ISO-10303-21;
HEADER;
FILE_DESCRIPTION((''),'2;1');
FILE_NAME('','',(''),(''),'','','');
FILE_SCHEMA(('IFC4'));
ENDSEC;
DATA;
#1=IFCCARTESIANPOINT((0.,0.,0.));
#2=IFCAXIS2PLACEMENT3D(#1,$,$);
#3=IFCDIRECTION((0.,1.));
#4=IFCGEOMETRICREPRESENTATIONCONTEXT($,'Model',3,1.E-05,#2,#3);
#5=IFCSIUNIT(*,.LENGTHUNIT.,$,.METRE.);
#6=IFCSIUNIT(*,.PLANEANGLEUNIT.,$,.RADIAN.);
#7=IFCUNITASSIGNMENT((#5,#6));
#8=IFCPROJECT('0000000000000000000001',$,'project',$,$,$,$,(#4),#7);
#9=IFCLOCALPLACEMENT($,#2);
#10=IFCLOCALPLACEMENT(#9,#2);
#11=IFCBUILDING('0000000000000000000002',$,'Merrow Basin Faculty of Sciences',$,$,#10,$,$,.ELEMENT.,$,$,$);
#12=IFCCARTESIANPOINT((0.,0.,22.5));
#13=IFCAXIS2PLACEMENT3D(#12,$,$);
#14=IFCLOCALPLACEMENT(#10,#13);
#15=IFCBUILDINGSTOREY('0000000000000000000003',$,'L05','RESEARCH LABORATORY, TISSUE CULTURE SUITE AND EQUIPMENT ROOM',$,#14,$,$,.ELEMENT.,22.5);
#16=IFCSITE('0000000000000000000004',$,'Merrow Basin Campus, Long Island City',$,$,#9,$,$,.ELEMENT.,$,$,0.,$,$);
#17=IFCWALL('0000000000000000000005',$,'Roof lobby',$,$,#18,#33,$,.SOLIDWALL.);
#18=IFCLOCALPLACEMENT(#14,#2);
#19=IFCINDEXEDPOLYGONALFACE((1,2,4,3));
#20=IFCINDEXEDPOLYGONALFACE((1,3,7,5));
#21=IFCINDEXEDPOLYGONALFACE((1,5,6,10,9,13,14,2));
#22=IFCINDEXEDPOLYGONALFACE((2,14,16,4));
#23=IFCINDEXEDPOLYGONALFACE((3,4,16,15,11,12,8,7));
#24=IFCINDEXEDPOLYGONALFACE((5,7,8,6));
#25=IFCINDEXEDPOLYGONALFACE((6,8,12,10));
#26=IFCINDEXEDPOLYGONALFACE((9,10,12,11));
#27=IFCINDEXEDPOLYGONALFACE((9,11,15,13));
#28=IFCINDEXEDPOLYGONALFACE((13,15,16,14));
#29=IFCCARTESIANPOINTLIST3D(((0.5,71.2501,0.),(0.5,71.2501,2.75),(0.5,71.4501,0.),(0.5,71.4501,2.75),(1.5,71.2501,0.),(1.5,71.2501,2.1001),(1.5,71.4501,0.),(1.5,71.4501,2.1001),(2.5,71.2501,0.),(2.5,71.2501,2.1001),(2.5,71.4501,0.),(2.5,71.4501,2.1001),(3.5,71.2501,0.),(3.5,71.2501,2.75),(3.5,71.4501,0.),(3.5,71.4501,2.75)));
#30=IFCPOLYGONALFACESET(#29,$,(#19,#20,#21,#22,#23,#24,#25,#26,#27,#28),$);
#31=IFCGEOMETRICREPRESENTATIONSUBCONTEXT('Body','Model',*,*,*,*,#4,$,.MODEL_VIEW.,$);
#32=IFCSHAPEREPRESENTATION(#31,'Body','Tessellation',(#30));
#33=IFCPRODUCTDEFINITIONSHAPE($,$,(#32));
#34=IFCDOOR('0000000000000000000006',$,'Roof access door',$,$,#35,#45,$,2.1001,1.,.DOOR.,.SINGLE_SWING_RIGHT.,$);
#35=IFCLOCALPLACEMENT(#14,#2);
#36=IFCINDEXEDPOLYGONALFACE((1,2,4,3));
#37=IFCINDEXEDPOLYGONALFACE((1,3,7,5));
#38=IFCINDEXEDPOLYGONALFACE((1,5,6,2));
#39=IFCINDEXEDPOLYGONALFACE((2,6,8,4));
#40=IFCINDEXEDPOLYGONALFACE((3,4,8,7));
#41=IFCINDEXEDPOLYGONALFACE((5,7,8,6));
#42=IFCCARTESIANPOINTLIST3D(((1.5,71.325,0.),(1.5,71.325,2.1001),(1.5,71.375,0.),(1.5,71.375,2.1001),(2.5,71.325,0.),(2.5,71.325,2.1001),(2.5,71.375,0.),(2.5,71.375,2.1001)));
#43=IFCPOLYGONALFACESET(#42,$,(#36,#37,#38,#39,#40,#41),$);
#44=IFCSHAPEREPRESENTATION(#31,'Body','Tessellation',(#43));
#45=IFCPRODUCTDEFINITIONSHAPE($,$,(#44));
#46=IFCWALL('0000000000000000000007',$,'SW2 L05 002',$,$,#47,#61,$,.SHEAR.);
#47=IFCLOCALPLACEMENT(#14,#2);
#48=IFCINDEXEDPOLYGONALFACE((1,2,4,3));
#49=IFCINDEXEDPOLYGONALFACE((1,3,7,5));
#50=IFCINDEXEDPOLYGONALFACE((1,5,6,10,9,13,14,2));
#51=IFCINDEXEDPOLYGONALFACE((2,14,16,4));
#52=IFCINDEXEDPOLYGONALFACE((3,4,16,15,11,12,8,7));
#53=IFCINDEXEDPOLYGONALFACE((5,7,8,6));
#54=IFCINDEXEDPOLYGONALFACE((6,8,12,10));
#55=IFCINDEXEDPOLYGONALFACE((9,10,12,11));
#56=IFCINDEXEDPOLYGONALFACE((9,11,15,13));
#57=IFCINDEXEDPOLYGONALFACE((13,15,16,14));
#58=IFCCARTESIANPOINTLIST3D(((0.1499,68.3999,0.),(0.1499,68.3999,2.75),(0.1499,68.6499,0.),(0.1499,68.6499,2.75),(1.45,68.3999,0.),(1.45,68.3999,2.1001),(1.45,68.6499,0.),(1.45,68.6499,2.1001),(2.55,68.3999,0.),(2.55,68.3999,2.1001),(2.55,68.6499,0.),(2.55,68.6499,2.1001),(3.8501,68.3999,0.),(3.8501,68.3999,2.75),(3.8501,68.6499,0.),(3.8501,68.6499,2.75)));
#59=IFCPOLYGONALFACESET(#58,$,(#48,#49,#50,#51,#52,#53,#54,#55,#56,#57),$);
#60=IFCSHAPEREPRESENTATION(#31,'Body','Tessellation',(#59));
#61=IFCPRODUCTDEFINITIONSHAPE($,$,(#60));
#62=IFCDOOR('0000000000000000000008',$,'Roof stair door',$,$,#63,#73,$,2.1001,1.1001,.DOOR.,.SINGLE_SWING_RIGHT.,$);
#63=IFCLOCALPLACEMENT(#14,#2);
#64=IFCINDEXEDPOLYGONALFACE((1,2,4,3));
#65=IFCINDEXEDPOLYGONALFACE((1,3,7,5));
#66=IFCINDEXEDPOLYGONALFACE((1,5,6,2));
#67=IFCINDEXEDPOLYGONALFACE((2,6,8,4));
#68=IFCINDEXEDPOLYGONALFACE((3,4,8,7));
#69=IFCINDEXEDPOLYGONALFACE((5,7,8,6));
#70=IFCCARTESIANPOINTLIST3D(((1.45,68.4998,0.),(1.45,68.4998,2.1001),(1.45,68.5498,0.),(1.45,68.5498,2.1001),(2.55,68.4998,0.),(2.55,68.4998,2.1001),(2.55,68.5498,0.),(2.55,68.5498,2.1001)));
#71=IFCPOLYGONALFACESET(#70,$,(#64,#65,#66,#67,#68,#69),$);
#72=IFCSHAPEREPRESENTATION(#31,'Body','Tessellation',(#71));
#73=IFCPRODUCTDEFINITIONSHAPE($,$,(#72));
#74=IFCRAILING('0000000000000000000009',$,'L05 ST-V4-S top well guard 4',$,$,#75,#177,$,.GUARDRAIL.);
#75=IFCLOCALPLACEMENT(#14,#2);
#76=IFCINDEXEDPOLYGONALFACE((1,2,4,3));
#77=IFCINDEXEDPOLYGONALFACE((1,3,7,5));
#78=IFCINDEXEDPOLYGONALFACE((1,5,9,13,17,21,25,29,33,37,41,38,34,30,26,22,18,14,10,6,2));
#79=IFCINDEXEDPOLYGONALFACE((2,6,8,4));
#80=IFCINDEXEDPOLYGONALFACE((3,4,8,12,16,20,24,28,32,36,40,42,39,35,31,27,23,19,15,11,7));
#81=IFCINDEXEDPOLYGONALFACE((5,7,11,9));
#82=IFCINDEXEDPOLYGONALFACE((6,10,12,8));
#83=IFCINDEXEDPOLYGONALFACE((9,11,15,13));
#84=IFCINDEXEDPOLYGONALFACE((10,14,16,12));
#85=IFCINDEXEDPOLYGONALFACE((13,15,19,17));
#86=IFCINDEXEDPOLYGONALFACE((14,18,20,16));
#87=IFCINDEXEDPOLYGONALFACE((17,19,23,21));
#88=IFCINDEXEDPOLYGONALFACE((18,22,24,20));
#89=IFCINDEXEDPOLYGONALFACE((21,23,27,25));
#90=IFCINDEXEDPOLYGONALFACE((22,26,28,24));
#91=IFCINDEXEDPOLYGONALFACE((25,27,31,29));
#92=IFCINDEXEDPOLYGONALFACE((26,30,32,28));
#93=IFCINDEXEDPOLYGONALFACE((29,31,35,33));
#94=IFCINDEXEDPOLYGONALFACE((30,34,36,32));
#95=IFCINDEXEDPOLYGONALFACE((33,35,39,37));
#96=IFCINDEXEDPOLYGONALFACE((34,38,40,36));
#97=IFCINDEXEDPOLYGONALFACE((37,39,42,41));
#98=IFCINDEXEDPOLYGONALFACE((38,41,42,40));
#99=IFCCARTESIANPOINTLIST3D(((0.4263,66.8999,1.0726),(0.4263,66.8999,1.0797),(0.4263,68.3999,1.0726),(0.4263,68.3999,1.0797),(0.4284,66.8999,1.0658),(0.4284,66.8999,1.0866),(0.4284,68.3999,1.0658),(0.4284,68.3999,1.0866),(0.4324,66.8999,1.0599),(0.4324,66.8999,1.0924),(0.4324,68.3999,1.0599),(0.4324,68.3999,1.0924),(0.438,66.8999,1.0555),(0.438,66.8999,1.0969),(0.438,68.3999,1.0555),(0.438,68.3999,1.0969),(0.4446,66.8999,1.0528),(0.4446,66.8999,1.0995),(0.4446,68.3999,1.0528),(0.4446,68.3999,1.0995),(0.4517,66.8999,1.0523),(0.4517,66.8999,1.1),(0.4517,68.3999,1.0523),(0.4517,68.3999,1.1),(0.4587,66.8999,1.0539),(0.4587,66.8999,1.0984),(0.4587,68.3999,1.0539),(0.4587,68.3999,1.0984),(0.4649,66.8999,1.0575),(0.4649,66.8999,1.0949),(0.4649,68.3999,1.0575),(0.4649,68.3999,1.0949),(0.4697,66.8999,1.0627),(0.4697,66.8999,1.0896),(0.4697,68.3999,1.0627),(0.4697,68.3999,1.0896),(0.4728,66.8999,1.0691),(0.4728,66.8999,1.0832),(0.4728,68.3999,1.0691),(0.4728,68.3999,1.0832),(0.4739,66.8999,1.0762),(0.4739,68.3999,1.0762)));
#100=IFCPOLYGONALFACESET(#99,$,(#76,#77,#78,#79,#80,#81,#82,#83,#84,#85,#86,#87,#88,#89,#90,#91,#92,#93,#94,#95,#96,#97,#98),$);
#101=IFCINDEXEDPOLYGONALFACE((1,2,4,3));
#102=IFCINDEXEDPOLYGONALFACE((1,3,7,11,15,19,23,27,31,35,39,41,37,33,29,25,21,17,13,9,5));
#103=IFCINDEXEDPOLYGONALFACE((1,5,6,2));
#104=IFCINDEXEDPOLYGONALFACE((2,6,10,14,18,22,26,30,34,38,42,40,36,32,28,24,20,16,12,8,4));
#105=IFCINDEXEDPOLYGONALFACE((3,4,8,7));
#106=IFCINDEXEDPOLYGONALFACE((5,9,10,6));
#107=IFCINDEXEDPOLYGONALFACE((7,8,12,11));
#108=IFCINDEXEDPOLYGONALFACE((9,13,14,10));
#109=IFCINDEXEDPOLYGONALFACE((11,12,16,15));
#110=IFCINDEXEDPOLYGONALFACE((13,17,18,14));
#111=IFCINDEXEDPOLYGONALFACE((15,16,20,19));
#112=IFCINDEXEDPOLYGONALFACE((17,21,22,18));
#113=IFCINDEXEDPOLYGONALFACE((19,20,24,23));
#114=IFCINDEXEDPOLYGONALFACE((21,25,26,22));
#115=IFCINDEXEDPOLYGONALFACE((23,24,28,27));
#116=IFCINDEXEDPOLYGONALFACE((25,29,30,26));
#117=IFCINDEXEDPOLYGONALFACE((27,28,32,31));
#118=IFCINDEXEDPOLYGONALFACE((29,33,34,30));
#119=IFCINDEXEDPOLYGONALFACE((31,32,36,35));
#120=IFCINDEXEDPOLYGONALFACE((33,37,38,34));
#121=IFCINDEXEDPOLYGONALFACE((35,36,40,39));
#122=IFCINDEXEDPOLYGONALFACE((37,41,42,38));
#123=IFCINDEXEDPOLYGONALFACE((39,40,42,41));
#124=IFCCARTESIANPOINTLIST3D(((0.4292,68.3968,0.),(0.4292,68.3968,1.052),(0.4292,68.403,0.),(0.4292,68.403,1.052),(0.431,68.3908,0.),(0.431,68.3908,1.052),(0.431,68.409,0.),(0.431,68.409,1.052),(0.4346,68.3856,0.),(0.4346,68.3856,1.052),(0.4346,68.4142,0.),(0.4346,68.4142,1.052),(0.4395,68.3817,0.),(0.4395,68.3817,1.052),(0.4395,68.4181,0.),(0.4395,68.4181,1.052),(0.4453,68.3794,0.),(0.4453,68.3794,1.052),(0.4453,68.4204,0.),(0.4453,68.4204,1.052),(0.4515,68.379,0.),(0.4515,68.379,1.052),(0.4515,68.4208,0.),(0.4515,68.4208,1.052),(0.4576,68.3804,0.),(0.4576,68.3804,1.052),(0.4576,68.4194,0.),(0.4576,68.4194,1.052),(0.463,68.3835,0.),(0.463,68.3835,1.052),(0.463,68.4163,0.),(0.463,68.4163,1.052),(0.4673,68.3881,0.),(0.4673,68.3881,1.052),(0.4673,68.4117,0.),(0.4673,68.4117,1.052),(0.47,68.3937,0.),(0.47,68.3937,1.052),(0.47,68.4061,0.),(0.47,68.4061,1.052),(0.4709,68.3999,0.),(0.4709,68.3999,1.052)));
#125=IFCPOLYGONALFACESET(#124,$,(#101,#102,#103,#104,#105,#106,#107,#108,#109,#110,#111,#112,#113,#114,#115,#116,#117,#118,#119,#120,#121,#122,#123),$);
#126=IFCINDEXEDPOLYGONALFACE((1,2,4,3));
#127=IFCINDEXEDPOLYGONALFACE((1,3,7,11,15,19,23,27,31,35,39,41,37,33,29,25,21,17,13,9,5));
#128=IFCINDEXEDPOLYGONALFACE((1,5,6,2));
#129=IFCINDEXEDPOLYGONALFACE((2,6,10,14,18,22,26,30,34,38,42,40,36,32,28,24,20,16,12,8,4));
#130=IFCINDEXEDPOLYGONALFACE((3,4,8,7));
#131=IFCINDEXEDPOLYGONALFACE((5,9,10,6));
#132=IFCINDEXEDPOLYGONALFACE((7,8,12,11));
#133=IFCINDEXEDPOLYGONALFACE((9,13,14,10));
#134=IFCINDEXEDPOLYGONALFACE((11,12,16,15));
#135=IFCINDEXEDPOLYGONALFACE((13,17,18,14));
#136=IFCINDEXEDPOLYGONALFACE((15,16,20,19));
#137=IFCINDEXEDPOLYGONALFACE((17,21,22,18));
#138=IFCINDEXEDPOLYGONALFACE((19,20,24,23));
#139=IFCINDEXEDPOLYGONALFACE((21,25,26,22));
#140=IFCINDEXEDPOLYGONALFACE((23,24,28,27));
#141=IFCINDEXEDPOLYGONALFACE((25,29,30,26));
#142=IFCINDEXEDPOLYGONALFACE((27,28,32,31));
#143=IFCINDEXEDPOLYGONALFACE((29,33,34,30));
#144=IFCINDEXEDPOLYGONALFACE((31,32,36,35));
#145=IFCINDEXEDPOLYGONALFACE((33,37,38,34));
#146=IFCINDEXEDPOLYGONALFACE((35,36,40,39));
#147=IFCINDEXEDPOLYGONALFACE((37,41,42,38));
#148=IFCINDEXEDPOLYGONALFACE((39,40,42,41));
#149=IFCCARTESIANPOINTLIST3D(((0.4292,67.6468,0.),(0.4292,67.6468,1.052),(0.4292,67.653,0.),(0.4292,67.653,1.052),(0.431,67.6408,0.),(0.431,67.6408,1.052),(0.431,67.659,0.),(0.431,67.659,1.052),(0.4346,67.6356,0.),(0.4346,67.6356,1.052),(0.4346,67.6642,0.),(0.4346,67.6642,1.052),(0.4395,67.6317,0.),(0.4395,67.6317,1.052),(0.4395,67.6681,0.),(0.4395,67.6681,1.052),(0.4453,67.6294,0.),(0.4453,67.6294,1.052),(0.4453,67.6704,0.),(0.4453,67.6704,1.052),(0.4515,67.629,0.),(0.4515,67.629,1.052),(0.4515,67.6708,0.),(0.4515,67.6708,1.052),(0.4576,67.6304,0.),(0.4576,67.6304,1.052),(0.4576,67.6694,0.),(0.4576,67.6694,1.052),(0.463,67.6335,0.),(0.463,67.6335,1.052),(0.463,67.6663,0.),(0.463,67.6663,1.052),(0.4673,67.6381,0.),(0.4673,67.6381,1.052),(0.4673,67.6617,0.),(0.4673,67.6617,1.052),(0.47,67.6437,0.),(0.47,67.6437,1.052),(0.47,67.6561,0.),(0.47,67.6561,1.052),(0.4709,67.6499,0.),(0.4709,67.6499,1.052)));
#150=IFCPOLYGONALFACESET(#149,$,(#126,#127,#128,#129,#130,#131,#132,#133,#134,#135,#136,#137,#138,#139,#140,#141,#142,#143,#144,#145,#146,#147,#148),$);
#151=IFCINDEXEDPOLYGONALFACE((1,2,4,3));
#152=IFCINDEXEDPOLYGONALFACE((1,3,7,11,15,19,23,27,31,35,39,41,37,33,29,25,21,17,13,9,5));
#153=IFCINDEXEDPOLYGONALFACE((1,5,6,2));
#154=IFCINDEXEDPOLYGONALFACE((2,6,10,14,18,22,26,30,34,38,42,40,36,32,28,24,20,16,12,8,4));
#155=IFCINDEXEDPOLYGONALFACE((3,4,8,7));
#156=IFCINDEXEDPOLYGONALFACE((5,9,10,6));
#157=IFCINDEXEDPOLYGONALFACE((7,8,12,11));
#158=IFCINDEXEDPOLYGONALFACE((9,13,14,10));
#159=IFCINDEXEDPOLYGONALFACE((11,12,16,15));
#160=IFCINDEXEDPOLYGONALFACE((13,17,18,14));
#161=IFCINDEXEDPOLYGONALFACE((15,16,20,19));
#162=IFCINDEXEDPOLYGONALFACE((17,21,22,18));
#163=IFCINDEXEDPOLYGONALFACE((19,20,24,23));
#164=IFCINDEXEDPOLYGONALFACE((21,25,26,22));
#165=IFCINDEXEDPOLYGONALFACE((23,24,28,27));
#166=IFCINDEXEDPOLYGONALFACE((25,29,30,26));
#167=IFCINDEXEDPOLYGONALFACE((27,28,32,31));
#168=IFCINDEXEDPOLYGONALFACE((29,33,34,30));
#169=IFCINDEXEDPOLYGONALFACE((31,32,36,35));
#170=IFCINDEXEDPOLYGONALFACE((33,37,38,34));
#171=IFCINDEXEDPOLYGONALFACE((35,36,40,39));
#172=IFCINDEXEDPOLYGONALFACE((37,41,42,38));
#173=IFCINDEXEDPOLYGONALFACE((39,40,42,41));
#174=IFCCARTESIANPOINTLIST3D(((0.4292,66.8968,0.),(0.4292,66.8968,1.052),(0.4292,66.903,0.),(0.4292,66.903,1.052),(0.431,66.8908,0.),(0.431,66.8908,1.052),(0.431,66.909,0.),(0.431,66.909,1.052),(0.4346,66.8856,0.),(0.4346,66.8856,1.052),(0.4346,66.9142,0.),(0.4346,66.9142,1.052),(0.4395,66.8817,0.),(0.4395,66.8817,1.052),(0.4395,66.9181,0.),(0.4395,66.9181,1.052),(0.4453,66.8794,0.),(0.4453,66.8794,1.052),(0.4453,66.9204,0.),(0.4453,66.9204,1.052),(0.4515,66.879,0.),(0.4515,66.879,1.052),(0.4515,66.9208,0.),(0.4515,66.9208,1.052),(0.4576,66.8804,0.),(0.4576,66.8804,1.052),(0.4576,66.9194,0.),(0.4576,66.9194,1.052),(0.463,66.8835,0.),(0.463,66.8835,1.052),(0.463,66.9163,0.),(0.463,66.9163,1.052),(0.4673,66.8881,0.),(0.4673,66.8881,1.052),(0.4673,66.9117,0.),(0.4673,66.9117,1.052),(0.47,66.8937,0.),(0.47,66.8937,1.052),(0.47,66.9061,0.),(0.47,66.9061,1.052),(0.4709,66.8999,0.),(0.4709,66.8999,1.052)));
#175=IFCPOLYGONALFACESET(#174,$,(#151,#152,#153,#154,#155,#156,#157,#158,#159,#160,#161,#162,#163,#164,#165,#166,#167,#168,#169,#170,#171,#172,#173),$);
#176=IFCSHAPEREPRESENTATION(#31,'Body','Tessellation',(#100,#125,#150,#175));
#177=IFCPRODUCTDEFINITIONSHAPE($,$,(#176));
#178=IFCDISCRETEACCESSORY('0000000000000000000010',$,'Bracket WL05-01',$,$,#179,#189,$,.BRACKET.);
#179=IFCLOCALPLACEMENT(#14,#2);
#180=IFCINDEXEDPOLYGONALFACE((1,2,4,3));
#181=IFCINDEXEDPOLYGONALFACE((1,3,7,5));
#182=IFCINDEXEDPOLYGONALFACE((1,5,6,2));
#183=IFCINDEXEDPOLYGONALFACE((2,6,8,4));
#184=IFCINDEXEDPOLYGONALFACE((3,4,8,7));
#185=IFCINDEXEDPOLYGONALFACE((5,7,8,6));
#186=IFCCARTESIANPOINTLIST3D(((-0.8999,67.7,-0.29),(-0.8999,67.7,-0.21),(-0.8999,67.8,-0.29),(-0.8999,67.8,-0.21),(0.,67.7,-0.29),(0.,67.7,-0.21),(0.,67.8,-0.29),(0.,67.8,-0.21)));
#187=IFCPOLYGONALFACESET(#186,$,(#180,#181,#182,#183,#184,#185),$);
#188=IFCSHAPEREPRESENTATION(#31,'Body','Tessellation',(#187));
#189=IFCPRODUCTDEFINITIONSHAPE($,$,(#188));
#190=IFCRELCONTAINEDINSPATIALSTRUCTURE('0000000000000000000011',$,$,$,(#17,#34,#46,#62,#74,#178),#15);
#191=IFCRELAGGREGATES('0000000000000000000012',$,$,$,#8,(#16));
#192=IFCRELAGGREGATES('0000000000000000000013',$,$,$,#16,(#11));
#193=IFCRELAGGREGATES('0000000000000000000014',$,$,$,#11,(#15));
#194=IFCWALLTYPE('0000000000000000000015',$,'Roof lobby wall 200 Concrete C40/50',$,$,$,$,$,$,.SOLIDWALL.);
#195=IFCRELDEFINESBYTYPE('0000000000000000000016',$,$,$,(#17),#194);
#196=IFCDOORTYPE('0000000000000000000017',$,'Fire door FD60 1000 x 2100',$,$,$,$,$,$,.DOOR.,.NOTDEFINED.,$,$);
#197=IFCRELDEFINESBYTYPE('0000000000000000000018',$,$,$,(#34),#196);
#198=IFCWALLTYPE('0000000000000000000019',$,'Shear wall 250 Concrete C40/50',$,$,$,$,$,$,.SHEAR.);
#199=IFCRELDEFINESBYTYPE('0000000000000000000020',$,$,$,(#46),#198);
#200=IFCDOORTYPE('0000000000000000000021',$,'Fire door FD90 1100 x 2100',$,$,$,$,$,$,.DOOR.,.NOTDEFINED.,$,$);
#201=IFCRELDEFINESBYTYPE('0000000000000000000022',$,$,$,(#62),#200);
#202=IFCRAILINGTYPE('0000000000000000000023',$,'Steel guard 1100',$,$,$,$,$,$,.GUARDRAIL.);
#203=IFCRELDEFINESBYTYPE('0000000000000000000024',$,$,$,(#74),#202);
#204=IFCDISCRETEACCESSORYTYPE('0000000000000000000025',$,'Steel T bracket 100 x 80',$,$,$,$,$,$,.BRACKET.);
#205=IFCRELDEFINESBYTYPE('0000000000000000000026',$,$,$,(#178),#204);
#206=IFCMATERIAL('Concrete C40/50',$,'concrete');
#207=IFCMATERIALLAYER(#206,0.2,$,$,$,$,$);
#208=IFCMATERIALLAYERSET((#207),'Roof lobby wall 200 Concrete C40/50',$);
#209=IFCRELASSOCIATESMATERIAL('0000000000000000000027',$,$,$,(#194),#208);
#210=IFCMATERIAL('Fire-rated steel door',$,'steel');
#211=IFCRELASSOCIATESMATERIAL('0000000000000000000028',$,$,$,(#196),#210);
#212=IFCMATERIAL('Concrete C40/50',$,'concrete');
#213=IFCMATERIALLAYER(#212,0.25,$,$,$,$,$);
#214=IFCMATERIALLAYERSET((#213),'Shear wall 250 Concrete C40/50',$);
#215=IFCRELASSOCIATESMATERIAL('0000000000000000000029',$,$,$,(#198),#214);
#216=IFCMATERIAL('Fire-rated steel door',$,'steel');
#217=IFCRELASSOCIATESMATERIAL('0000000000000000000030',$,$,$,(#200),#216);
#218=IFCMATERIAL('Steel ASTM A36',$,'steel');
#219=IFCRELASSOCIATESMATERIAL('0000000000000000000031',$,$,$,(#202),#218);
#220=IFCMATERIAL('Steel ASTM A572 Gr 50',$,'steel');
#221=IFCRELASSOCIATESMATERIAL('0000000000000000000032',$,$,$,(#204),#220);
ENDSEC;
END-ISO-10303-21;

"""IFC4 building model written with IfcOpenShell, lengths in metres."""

from ifc_helpers import new_model, si_unit, direction, frame, frame_2d, origin, origin_2d, place, context, subcontext, project, spatial, polyline, rectangle, circle, outline, extrude, source, transform, mapped, material, layer, layer_set, type_object, element, fill, save


model = new_model("IFC4")

# Units and contexts
model_context = context("Model", 3, precision=1e-05, world=origin(), true_north=direction((0.0, 1.0)))
body_context = subcontext(model_context, "Body", "Model", "MODEL_VIEW")
ifc_project = project(units=[si_unit("LENGTHUNIT", "METRE"), si_unit("PLANEANGLEUNIT", "RADIAN")], contexts=[model_context])

# Site, building, storey
site_placement = place(None, origin())
site = spatial("IfcSite", under=ifc_project, at=site_placement, Name="Merrow Basin Campus, Long Island City", CompositionType="ELEMENT", RefElevation=0.0)
building_placement = place(site_placement, origin())
building = spatial("IfcBuilding", under=site, at=building_placement, Name="Merrow Basin Faculty of Sciences", CompositionType="ELEMENT")
storey_placement = place(building_placement, frame((0.0, 0.0, 22.5)))
storey = spatial("IfcBuildingStorey", under=building, at=storey_placement, Name="L05", Description="RESEARCH LABORATORY, TISSUE CULTURE SUITE AND EQUIPMENT ROOM", CompositionType="ELEMENT", Elevation=22.5)

# Shared definitions
ifc_material_1 = material(Name="Concrete C40/50", Category="concrete")
ifc_layer_1 = layer(ifc_material_1, 0.2)
ifc_layer_set_1 = layer_set([ifc_layer_1], Name="Roof lobby wall 200 Concrete C40/50")
wall_type_1 = type_object("IfcWallType", Name="Roof lobby wall 200 Concrete C40/50", PredefinedType="SOLIDWALL", material=ifc_layer_set_1)

# Walls, openings, doors
wall_1_placement = place(storey_placement, frame((0.5, 71.3501, 0.0), z_axis=(0.0, 0.0, 1.0), x_axis=(1.0, 0.0, 0.0)))
wall_1 = element("IfcWall", 1, at=wall_1_placement, inside=storey, type_object=wall_type_1, Name="Roof lobby", PredefinedType="SOLIDWALL", context=body_context, shape_type="SweptSolid", body=[
    extrude(rectangle(XDim=3.0, YDim=0.2, at=frame_2d((1.5, 0.0))), origin(), (0.0, 0.0, 1.0), 2.75),
])
opening_1_placement = place(wall_1_placement, frame((1.0, 0.0, 0.0)))
opening_1 = element("IfcOpeningElement", 2, at=opening_1_placement, cuts=wall_1, PredefinedType="OPENING", context=body_context, shape_type="SweptSolid", body=[
    extrude(rectangle(XDim=1.0, YDim=2.1001, at=frame_2d((0.5, 1.05))), frame((0.0, 0.1099, 0.0), z_axis=(0.0, -1.0, 0.0), x_axis=(1.0, 0.0, 0.0)), (0.0, 0.0, 1.0), 0.22),
])
ifc_material_2 = material(Name="Fire-rated steel door", Category="steel")
door_type_1 = type_object("IfcDoorType", Name="Fire door FD60 1000 x 2100", OperationType="NOTDEFINED", PredefinedType="DOOR", material=ifc_material_2)
door_1_placement = place(opening_1_placement, origin())
door_1 = element("IfcDoor", 3, at=door_1_placement, inside=storey, type_object=door_type_1, Name="Roof access door", OperationType="SINGLE_SWING_RIGHT", OverallHeight=2.1001, OverallWidth=1.0, PredefinedType="DOOR", context=body_context, shape_type="SweptSolid", body=[
    extrude(rectangle(XDim=1.0, YDim=2.1001, at=frame_2d((0.5, 1.05))), frame((0.0, 0.0249, 0.0), z_axis=(0.0, -1.0, 0.0), x_axis=(1.0, 0.0, 0.0)), (0.0, 0.0, 1.0), 0.05),
])
fill(opening_1, door_1)
ifc_material_3 = material(Name="Concrete C40/50", Category="concrete")
ifc_layer_2 = layer(ifc_material_3, 0.25)
ifc_layer_set_2 = layer_set([ifc_layer_2], Name="Shear wall 250 Concrete C40/50")
wall_type_2 = type_object("IfcWallType", Name="Shear wall 250 Concrete C40/50", PredefinedType="SHEAR", material=ifc_layer_set_2)
wall_2_placement = place(storey_placement, frame((0.1499, 68.5249, 0.0), z_axis=(0.0, 0.0, 1.0), x_axis=(1.0, 0.0, 0.0)))
wall_2 = element("IfcWall", 4, at=wall_2_placement, inside=storey, type_object=wall_type_2, Name="SW2 L05 002", PredefinedType="SHEAR", context=body_context, shape_type="SweptSolid", body=[
    extrude(rectangle(XDim=3.7002, YDim=0.25, at=frame_2d((1.8501, 0.0))), origin(), (0.0, 0.0, 1.0), 2.75),
])
opening_2_placement = place(wall_2_placement, frame((1.3, 0.0, 0.0)))
opening_2 = element("IfcOpeningElement", 5, at=opening_2_placement, cuts=wall_2, PredefinedType="OPENING", context=body_context, shape_type="SweptSolid", body=[
    extrude(rectangle(XDim=1.1001, YDim=2.1001, at=frame_2d((0.55, 1.05))), frame((0.0, 0.135, 0.0), z_axis=(0.0, -1.0, 0.0), x_axis=(1.0, 0.0, 0.0)), (0.0, 0.0, 1.0), 0.27),
])
ifc_material_4 = material(Name="Fire-rated steel door", Category="steel")
door_type_2 = type_object("IfcDoorType", Name="Fire door FD90 1100 x 2100", OperationType="NOTDEFINED", PredefinedType="DOOR", material=ifc_material_4)
door_2_placement = place(opening_2_placement, origin())
door_2 = element("IfcDoor", 6, at=door_2_placement, inside=storey, type_object=door_type_2, Name="Roof stair door", OperationType="SINGLE_SWING_RIGHT", OverallHeight=2.1001, OverallWidth=1.1001, PredefinedType="DOOR", context=body_context, shape_type="SweptSolid", body=[
    extrude(rectangle(XDim=1.1001, YDim=2.1001, at=frame_2d((0.55, 1.05))), frame((0.0, 0.0249, 0.0), z_axis=(0.0, -1.0, 0.0), x_axis=(1.0, 0.0, 0.0)), (0.0, 0.0, 1.0), 0.05),
])
fill(opening_2, door_2)

# Railing
ifc_material_5 = material(Name="Steel ASTM A36", Category="steel")
railing_type = type_object("IfcRailingType", Name="Steel guard 1100", PredefinedType="GUARDRAIL", material=ifc_material_5)
railing_placement = place(storey_placement, frame((0.45, 68.3999, 0.0)))
element("IfcRailing", 7, at=railing_placement, inside=storey, type_object=railing_type, Name="L05 ST-V4-S top well guard 4", PredefinedType="GUARDRAIL", context=body_context, shape_type="SweptSolid", body=[
    extrude(circle(Radius=0.0239, at=origin_2d()), frame((0.0, 0.0, 1.0762), z_axis=(0.0, -1.0, 0.0), x_axis=(1.0, 0.0, 0.0)), (0.0, 0.0, 1.0), 1.5),
    extrude(circle(Radius=0.021, at=origin_2d()), origin(), (0.0, 0.0, 1.0), 1.052),
    extrude(circle(Radius=0.021, at=origin_2d()), frame((0.0, -0.75, 0.0)), (0.0, 0.0, 1.0), 1.052),
    extrude(circle(Radius=0.021, at=origin_2d()), frame((0.0, -1.5, 0.0)), (0.0, 0.0, 1.0), 1.052),
])

# Discrete accessory
ifc_material_6 = material(Name="Steel ASTM A572 Gr 50", Category="steel")
discrete_accessory_type = type_object("IfcDiscreteAccessoryType", Name="Steel T bracket 100 x 80", PredefinedType="BRACKET", material=ifc_material_6)
shared_shape_1 = source(origin(), body_context, "Body", "SweptSolid", [
    extrude(outline(polyline([(0.0, 0.0), (0.1001, 0.0), (0.1001, 0.0801), (0.0, 0.0801), (0.0, 0.0)])), origin(), (0.0, 0.0, 1.0), 0.8999),
])
for number, where, z_axis, x_axis, name in (
    (8, (-0.8999, 67.7, -0.29), (1.0, 0.0, 0.0), (0.0, 1.0, 0.0), "Bracket WL05-01"),
):
    element("IfcDiscreteAccessory", number, at=place(storey_placement, frame(where, z_axis=z_axis, x_axis=x_axis)), inside=storey, type_object=discrete_accessory_type, Name=name, PredefinedType="BRACKET", context=body_context, shape_type="MappedRepresentation", body=[
        mapped(shared_shape_1, transform((0.0, 0.0, 0.0), scale=1.0)),
    ])

save(model, "model.ifc")
